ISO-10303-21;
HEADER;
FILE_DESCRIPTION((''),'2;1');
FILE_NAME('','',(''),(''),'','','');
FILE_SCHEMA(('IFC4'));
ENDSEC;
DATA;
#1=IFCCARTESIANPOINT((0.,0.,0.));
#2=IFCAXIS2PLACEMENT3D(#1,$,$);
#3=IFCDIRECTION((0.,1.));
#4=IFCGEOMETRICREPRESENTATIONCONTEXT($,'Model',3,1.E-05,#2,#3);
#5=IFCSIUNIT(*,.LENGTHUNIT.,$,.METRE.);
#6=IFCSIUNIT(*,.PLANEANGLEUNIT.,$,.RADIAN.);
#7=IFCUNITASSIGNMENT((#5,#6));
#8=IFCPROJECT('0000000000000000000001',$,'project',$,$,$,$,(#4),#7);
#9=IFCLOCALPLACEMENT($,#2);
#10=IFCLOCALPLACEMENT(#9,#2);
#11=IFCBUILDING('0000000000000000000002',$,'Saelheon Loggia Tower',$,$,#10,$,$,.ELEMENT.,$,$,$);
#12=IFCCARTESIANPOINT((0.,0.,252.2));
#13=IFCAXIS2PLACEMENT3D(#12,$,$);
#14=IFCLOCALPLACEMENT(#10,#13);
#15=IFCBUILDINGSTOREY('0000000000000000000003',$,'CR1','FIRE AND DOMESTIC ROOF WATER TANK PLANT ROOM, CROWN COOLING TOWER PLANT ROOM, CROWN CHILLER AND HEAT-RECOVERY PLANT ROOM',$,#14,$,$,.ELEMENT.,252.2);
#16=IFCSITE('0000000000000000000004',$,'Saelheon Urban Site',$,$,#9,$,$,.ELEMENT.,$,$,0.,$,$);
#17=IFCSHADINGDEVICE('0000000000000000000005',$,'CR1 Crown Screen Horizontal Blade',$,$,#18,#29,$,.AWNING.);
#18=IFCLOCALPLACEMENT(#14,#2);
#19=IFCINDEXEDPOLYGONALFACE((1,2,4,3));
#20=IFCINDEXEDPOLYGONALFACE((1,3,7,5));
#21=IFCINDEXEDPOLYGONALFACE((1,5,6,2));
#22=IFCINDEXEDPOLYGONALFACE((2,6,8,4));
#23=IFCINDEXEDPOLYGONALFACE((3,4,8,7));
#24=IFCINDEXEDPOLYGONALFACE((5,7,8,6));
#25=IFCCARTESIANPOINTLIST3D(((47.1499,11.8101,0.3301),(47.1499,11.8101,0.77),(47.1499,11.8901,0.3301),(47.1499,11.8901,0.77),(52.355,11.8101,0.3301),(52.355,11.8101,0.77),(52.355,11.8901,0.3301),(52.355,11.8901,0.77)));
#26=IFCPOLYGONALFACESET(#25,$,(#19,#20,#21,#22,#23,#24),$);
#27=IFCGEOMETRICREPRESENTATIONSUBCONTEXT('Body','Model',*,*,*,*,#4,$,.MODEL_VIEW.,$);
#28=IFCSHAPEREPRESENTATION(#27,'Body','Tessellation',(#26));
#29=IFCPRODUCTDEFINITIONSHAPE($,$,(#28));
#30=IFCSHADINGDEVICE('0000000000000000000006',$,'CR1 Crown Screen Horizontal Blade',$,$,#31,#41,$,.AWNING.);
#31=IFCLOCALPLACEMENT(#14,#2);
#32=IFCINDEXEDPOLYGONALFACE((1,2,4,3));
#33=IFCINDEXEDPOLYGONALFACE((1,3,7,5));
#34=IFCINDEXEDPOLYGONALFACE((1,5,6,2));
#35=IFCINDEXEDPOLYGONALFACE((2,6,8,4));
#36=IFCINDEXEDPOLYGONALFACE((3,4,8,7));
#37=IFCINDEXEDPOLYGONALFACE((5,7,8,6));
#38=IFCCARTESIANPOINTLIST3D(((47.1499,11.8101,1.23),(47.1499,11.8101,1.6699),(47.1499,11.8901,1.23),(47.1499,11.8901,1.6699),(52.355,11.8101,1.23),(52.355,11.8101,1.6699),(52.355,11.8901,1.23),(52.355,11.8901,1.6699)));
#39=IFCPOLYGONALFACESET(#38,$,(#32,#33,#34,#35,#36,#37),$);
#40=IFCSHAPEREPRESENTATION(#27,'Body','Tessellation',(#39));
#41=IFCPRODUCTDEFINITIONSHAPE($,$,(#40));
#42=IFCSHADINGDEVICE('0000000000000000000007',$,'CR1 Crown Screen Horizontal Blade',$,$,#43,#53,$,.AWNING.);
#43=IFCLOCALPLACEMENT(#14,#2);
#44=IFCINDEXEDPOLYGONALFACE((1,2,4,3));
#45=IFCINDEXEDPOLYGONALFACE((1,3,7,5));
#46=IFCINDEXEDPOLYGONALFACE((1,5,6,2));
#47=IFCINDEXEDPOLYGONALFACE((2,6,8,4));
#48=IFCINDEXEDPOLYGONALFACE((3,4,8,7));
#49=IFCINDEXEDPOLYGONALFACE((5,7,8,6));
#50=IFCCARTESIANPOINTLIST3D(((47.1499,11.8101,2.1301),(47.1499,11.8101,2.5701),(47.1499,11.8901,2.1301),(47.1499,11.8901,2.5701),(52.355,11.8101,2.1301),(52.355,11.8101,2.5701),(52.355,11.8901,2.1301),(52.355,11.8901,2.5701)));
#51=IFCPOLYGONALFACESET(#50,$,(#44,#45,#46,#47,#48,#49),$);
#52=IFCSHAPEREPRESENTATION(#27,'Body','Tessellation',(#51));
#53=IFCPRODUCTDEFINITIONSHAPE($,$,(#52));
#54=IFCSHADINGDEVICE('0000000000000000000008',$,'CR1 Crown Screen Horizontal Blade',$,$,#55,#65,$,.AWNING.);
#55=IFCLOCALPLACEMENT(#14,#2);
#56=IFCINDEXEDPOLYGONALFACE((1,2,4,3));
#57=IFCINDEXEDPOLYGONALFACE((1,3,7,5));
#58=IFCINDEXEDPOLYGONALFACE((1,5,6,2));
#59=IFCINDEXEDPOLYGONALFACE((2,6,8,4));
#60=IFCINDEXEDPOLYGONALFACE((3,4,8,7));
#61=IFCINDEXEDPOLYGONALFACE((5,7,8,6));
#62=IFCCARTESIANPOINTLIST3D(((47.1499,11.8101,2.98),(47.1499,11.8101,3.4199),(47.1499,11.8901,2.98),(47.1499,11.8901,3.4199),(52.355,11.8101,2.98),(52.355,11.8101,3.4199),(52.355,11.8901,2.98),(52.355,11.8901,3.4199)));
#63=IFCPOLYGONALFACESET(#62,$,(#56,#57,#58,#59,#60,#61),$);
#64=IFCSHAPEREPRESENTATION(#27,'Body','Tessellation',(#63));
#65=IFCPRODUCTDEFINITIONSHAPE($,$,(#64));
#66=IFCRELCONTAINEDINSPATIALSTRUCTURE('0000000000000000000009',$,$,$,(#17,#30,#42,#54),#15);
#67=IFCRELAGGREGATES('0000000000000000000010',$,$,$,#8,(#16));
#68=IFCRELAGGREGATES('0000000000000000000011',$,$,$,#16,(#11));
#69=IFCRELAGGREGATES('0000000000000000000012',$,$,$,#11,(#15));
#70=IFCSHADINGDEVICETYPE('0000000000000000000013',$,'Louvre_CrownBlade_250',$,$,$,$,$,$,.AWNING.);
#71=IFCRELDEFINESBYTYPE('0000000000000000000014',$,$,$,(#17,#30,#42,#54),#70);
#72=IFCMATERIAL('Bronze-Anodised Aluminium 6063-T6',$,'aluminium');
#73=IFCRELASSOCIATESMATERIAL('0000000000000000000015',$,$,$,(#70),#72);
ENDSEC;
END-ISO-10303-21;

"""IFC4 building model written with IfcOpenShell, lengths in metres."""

from ifc_helpers import new_model, si_unit, direction, frame, origin, origin_2d, place, context, subcontext, project, spatial, rectangle, extrude, source, transform, mapped, material, material_profile, profile_set, type_object, element, save


model = new_model("IFC4")

# Units and contexts
model_context = context("Model", 3, precision=1e-05, world=origin(), true_north=direction((0.0, 1.0)))
body_context = subcontext(model_context, "Body", "Model", "MODEL_VIEW")
ifc_project = project(units=[si_unit("LENGTHUNIT", "METRE"), si_unit("PLANEANGLEUNIT", "RADIAN")], contexts=[model_context])

# Site, building, storey
site_placement = place(None, origin())
site = spatial("IfcSite", under=ifc_project, at=site_placement, Name="Saelheon Urban Site", CompositionType="ELEMENT", RefElevation=0.0)
building_placement = place(site_placement, origin())
building = spatial("IfcBuilding", under=site, at=building_placement, Name="Saelheon Loggia Tower", CompositionType="ELEMENT")
storey_placement = place(building_placement, frame((0.0, 0.0, 252.2)))
storey = spatial("IfcBuildingStorey", under=building, at=storey_placement, Name="CR1", Description="FIRE AND DOMESTIC ROOF WATER TANK PLANT ROOM, CROWN COOLING TOWER PLANT ROOM, CROWN CHILLER AND HEAT-RECOVERY PLANT ROOM", CompositionType="ELEMENT", Elevation=252.2)

# Shared definitions
ifc_material_1 = material(Name="Bronze-Anodised Aluminium 6063-T6", Category="aluminium")

# Shading devices
ifc_material_profile_1 = material_profile(ifc_material_1, rectangle(XDim=0.0801, YDim=0.4399, at=origin_2d()), Name="Louvre_CrownBlade_250")
ifc_profile_set_1 = profile_set([ifc_material_profile_1], Name="Bronze-Anodised Aluminium 6063-T6")
shading_device_type = type_object("IfcShadingDeviceType", Name="Louvre_CrownBlade_250", PredefinedType="AWNING", material=ifc_profile_set_1)
shared_shape_1 = source(origin(), body_context, "Body", "SweptSolid", [
    extrude(rectangle(XDim=0.0801, YDim=0.4399, at=origin_2d()), origin(), (0.0, 0.0, 1.0), 5.2051),
])
for number, where, z_axis, x_axis, name in (
    (1, (47.1499, 11.8501, 0.55), (1.0, 0.0, 0.0), (0.0, 1.0, 0.0), "CR1 Crown Screen Horizontal Blade"),
    (2, (47.1499, 11.8501, 1.45), (1.0, 0.0, 0.0), (0.0, 1.0, 0.0), "CR1 Crown Screen Horizontal Blade"),
    (3, (47.1499, 11.8501, 2.3501), (1.0, 0.0, 0.0), (0.0, 1.0, 0.0), "CR1 Crown Screen Horizontal Blade"),
    (4, (47.1499, 11.8501, 3.2), (1.0, 0.0, 0.0), (0.0, 1.0, 0.0), "CR1 Crown Screen Horizontal Blade"),
):
    element("IfcShadingDevice", number, at=place(storey_placement, frame(where, z_axis=z_axis, x_axis=x_axis)), inside=storey, type_object=shading_device_type, Name=name, PredefinedType="AWNING", context=body_context, shape_type="MappedRepresentation", body=[
        mapped(shared_shape_1, transform((0.0, 0.0, 0.0), scale=1.0)),
    ])

save(model, "model.ifc")
